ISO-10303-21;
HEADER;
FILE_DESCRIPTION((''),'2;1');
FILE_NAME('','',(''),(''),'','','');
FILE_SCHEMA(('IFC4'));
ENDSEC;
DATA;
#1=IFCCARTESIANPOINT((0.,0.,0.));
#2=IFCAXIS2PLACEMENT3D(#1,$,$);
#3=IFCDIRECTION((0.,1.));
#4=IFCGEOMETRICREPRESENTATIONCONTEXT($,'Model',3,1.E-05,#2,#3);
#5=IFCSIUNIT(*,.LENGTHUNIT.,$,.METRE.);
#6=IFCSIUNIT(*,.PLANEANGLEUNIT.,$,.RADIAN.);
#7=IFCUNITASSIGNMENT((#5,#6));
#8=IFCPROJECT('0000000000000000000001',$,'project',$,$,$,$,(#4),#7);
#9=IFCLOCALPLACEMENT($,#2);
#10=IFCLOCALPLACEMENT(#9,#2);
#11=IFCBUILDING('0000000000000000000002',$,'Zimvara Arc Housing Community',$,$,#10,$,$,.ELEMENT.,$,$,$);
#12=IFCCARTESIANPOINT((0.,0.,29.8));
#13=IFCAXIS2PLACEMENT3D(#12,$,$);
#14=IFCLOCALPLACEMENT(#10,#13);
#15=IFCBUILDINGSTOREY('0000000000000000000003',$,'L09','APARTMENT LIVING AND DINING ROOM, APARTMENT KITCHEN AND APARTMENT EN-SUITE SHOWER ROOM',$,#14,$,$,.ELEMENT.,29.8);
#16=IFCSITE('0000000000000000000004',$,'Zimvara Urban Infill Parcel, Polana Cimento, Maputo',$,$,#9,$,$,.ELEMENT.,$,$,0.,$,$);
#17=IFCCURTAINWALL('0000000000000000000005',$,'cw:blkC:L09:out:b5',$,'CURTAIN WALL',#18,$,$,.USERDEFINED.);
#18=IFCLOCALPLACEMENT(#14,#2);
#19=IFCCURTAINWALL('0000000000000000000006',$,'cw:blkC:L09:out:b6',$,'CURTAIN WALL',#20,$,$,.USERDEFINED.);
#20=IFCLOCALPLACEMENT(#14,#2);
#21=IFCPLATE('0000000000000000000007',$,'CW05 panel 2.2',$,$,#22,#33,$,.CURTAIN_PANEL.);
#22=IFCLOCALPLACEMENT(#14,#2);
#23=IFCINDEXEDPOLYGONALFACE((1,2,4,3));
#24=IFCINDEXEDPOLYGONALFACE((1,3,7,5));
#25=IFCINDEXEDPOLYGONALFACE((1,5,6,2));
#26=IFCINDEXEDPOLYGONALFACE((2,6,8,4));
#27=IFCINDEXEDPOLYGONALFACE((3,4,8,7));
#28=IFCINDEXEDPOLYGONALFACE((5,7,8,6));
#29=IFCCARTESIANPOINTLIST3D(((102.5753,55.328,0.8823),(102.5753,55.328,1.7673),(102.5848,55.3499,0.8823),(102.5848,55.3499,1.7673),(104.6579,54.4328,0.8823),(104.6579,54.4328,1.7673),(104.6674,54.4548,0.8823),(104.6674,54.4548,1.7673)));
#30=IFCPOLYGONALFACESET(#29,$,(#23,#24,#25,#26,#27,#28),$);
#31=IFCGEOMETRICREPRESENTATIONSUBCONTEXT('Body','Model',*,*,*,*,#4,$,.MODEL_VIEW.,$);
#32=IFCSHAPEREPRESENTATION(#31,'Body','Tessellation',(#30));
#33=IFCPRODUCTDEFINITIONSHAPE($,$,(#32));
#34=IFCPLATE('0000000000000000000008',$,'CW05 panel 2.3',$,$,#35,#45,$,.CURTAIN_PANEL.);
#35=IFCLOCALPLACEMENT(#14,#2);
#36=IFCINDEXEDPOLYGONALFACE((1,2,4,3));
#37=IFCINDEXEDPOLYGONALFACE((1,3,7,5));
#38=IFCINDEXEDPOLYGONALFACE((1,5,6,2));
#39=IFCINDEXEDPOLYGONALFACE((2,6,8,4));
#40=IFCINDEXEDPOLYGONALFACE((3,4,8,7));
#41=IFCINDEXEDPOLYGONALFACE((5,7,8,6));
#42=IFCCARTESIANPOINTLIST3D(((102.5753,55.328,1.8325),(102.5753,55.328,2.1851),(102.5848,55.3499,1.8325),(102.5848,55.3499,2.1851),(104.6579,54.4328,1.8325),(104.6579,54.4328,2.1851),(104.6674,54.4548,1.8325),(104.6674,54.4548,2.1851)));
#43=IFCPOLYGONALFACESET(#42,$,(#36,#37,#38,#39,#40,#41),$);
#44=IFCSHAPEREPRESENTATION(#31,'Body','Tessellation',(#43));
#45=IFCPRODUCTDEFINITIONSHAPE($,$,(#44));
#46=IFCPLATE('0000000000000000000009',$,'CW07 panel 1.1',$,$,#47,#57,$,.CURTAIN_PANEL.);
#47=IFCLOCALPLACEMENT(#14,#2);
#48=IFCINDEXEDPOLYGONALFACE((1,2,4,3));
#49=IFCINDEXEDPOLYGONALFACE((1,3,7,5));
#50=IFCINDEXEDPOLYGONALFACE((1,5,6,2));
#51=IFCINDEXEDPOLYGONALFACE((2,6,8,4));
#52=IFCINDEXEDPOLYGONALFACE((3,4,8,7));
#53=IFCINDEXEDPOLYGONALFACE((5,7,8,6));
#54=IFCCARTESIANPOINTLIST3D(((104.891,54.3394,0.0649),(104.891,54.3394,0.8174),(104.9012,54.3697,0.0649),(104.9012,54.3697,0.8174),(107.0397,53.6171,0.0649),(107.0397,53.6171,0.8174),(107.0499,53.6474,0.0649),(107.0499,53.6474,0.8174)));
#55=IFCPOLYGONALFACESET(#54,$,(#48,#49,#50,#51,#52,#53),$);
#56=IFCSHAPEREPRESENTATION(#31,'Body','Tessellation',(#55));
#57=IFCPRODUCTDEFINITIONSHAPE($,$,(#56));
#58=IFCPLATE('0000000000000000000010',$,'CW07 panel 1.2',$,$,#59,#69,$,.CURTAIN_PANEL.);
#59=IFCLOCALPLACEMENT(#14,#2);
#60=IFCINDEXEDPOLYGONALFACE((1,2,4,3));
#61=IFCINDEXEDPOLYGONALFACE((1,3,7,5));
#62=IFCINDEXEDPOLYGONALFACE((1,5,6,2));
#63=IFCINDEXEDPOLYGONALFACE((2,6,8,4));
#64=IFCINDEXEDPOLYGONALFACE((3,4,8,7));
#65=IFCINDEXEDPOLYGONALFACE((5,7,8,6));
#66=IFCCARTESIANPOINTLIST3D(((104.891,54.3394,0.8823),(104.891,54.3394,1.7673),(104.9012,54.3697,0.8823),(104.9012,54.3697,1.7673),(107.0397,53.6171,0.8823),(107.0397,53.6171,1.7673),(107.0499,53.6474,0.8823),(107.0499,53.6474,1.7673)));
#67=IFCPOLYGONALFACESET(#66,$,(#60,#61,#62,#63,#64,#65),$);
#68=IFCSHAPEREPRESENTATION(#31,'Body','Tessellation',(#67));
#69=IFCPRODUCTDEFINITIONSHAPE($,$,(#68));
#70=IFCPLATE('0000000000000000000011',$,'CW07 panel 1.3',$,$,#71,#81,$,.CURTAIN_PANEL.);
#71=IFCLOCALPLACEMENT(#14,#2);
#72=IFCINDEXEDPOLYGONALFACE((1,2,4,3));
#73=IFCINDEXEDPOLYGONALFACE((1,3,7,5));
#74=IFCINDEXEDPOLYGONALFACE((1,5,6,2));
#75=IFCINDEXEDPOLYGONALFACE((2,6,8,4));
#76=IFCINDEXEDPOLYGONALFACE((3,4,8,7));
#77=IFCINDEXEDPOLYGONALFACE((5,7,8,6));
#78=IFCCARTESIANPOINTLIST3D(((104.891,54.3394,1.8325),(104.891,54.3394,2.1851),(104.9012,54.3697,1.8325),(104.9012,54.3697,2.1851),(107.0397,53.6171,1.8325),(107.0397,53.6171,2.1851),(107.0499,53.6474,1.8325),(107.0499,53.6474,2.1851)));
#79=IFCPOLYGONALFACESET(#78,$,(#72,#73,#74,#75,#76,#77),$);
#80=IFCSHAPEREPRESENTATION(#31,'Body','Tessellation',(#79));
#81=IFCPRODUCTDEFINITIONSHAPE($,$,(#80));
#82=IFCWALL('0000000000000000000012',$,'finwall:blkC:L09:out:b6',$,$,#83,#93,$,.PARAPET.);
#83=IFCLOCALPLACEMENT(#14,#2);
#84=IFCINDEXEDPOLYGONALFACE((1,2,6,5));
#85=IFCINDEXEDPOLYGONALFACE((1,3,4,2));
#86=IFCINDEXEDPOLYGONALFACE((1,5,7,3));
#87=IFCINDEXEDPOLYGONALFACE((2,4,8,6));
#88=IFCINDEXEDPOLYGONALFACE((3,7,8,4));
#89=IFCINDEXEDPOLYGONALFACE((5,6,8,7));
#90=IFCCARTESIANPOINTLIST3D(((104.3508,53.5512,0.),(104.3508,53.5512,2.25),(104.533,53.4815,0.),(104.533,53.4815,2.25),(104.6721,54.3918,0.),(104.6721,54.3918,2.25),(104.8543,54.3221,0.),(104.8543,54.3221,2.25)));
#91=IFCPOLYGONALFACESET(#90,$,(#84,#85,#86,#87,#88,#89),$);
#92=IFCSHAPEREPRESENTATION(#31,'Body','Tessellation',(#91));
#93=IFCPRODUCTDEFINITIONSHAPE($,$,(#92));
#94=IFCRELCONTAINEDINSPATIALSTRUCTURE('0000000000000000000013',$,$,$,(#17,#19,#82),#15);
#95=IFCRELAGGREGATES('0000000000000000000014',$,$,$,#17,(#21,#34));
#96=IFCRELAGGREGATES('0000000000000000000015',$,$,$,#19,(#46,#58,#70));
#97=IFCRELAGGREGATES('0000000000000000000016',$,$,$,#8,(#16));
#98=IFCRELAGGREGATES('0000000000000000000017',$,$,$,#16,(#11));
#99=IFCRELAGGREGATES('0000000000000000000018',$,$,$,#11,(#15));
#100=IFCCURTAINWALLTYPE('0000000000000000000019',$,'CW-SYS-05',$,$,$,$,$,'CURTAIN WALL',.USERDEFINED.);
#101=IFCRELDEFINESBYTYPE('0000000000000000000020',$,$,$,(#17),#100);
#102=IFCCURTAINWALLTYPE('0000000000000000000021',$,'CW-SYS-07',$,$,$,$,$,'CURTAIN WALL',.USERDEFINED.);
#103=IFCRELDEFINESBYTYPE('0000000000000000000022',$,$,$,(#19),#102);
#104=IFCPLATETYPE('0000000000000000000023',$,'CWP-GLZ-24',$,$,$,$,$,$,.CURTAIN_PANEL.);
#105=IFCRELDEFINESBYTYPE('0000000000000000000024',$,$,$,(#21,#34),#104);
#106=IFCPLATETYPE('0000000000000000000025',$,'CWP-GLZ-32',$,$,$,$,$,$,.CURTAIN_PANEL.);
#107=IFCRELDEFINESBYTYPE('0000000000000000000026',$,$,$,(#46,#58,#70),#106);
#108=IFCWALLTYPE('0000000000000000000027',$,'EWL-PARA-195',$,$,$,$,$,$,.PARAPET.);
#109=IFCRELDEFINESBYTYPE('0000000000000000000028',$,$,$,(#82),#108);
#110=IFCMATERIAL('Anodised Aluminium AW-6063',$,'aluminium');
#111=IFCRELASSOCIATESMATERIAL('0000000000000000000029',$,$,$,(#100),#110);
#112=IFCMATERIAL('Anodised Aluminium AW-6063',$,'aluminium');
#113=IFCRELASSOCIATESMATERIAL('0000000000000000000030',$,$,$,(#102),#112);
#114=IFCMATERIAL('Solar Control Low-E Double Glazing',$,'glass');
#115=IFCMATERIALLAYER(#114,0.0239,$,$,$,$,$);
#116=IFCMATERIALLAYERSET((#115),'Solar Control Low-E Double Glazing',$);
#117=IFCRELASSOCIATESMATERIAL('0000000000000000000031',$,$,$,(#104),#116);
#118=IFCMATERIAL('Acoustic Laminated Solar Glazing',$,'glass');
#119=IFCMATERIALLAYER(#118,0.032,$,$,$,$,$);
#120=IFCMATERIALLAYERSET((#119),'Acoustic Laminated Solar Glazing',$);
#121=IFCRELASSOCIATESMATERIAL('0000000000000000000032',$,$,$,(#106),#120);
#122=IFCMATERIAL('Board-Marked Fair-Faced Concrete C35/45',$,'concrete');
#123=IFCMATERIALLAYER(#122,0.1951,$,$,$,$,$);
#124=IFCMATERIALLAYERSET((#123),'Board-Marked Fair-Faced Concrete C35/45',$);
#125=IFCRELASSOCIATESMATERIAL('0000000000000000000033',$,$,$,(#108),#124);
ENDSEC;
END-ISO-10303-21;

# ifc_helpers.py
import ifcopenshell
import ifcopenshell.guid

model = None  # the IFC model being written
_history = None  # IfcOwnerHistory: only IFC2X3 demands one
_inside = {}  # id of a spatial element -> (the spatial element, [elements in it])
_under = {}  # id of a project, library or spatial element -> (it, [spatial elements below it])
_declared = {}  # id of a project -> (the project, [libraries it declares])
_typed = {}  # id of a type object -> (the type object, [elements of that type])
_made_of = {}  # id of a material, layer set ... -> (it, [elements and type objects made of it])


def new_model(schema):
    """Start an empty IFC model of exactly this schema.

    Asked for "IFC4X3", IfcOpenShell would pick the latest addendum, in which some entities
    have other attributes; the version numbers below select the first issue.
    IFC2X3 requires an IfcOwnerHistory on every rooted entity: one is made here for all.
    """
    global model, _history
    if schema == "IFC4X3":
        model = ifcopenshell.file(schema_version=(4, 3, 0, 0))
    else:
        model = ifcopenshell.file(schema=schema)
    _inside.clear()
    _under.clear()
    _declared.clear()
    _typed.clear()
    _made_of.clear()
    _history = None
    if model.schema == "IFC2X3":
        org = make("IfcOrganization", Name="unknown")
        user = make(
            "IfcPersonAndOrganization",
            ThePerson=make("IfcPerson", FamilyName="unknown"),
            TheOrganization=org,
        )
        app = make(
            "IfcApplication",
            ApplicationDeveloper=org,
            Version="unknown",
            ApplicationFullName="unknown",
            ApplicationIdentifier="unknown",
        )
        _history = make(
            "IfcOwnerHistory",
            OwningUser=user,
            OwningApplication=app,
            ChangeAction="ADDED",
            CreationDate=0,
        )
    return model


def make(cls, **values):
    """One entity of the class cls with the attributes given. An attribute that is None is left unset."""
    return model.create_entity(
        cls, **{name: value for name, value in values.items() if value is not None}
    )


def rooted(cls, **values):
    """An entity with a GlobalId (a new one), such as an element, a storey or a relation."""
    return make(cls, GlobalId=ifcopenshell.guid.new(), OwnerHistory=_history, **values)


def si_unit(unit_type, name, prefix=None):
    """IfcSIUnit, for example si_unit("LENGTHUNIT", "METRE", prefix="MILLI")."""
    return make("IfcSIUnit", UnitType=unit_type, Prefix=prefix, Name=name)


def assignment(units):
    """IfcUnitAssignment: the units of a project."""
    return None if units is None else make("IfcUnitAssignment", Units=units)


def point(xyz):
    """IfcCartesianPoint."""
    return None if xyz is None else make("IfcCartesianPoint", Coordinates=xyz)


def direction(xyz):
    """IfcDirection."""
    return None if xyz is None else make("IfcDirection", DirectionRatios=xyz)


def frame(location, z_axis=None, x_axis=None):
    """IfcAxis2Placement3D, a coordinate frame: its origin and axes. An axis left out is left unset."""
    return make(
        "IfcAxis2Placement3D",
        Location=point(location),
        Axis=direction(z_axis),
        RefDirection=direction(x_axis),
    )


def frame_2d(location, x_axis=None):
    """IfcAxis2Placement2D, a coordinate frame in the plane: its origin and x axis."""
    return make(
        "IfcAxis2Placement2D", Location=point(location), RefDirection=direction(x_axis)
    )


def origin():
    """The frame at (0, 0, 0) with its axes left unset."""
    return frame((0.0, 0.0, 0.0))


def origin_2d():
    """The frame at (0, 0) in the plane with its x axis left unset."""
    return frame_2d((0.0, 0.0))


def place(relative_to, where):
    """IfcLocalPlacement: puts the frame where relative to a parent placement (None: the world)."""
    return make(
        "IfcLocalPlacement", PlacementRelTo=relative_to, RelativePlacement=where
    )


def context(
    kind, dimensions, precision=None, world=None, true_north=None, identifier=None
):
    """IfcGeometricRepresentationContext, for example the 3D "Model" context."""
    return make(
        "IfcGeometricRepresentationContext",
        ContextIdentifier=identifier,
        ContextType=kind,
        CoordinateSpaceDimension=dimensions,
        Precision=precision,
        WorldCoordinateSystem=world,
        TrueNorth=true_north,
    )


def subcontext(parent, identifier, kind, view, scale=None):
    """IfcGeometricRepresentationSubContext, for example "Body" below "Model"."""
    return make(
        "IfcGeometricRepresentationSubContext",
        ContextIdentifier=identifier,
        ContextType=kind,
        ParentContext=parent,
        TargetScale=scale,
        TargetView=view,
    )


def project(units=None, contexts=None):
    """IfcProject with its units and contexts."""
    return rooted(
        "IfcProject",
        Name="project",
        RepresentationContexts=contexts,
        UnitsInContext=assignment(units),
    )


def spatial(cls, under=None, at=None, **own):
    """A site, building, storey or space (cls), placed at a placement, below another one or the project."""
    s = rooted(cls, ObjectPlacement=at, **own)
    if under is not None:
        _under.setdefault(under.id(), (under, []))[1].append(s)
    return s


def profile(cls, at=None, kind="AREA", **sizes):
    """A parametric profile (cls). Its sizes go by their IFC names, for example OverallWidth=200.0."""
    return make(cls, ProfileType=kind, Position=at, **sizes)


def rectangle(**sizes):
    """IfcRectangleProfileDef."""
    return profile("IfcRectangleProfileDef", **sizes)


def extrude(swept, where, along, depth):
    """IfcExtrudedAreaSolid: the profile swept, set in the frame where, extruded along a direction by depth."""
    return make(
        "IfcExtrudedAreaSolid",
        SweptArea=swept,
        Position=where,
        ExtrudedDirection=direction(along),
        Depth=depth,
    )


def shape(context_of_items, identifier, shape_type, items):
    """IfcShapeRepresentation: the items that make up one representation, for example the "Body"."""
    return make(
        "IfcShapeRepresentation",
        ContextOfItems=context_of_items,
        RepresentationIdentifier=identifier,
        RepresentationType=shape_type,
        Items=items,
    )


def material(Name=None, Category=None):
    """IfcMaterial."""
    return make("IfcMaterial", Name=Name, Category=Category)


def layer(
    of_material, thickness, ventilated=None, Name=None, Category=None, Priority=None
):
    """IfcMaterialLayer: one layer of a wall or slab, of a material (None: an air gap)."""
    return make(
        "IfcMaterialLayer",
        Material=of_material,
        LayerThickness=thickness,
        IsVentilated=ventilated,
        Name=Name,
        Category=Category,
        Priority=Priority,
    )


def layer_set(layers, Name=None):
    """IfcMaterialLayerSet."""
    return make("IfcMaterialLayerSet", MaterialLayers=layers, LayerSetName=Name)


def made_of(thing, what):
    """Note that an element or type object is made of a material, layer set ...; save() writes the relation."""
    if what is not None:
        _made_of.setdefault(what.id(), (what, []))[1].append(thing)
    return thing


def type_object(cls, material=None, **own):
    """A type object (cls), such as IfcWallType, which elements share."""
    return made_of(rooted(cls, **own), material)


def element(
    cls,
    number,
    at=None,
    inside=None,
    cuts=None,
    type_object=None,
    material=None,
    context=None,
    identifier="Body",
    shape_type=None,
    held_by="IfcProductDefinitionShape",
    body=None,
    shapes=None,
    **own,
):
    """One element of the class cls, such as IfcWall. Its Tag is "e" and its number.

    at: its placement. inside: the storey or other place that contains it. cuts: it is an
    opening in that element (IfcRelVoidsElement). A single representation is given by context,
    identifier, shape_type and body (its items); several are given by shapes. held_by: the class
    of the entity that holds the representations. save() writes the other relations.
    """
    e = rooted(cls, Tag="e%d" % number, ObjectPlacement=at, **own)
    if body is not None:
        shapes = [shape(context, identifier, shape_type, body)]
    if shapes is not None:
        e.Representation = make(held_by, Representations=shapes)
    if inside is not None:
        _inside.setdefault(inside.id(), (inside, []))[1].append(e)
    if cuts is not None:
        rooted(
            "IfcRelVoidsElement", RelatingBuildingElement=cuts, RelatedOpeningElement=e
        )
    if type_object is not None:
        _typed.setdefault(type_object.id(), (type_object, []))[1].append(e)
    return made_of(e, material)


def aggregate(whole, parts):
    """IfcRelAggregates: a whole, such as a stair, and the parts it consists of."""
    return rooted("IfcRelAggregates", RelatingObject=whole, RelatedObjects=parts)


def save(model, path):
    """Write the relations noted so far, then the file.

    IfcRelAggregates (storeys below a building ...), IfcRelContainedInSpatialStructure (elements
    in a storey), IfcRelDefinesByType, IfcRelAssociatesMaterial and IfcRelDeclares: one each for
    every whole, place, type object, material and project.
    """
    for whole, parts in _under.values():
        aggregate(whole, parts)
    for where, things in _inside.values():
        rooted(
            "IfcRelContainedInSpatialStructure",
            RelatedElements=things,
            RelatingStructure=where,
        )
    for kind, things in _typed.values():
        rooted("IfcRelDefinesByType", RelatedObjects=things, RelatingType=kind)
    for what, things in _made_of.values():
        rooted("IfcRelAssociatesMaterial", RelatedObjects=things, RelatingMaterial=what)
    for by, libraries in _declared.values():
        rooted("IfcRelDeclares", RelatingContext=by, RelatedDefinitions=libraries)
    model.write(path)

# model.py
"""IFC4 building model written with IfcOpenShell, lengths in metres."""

from ifc_helpers import new_model, si_unit, direction, frame, frame_2d, origin, origin_2d, place, context, subcontext, project, spatial, rectangle, extrude, material, layer, layer_set, type_object, element, aggregate, save


model = new_model("IFC4")

# Units and contexts
model_context = context("Model", 3, precision=1e-05, world=origin(), true_north=direction((0.0, 1.0)))
body_context = subcontext(model_context, "Body", "Model", "MODEL_VIEW")
ifc_project = project(units=[si_unit("LENGTHUNIT", "METRE"), si_unit("PLANEANGLEUNIT", "RADIAN")], contexts=[model_context])

# Site, building, storey
site_placement = place(None, origin())
site = spatial("IfcSite", under=ifc_project, at=site_placement, Name="Zimvara Urban Infill Parcel, Polana Cimento, Maputo", CompositionType="ELEMENT", RefElevation=0.0)
building_placement = place(site_placement, origin())
building = spatial("IfcBuilding", under=site, at=building_placement, Name="Zimvara Arc Housing Community", CompositionType="ELEMENT")
storey_placement = place(building_placement, frame((0.0, 0.0, 29.8)))
storey = spatial("IfcBuildingStorey", under=building, at=storey_placement, Name="L09", Description="APARTMENT LIVING AND DINING ROOM, APARTMENT KITCHEN AND APARTMENT EN-SUITE SHOWER ROOM", CompositionType="ELEMENT", Elevation=29.8)

# Curtain wall
ifc_material_1 = material(Name="Anodised Aluminium AW-6063", Category="aluminium")
curtain_wall_type_1 = type_object("IfcCurtainWallType", Name="CW-SYS-05", ElementType="CURTAIN WALL", PredefinedType="USERDEFINED", material=ifc_material_1)
curtain_wall_1_placement = place(storey_placement, origin())
curtain_wall_1 = element("IfcCurtainWall", 1, at=curtain_wall_1_placement, inside=storey, type_object=curtain_wall_type_1, Name="cw:blkC:L09:out:b5", ObjectType="CURTAIN WALL", PredefinedType="USERDEFINED")

# Curtain wall
ifc_material_2 = material(Name="Anodised Aluminium AW-6063", Category="aluminium")
curtain_wall_type_2 = type_object("IfcCurtainWallType", Name="CW-SYS-07", ElementType="CURTAIN WALL", PredefinedType="USERDEFINED", material=ifc_material_2)
curtain_wall_2_placement = place(storey_placement, origin())
curtain_wall_2 = element("IfcCurtainWall", 2, at=curtain_wall_2_placement, inside=storey, type_object=curtain_wall_type_2, Name="cw:blkC:L09:out:b6", ObjectType="CURTAIN WALL", PredefinedType="USERDEFINED")

# Plates
ifc_material_3 = material(Name="Solar Control Low-E Double Glazing", Category="glass")
ifc_layer_1 = layer(ifc_material_3, 0.0239)
ifc_layer_set_1 = layer_set([ifc_layer_1], Name="Solar Control Low-E Double Glazing")
plate_type_1 = type_object("IfcPlateType", Name="CWP-GLZ-24", PredefinedType="CURTAIN_PANEL", material=ifc_layer_set_1)
plate_1_placement = place(storey_placement, frame((103.6213, 54.8914, 0.8823), z_axis=(0.0, 0.0, 1.0), x_axis=(0.918722, -0.394904, 0.0)))
plate_1 = element("IfcPlate", 3, at=plate_1_placement, type_object=plate_type_1, Name="CW05 panel 2.2", PredefinedType="CURTAIN_PANEL", context=body_context, shape_type="SweptSolid", body=[
    extrude(rectangle(XDim=2.2668, YDim=0.0239, at=origin_2d()), origin(), (0.0, 0.0, 1.0), 0.885),
])
plate_2_placement = place(storey_placement, frame((103.6213, 54.8914, 1.8325), z_axis=(0.0, 0.0, 1.0), x_axis=(0.918722, -0.394904, 0.0)))
plate_2 = element("IfcPlate", 4, at=plate_2_placement, type_object=plate_type_1, Name="CW05 panel 2.3", PredefinedType="CURTAIN_PANEL", context=body_context, shape_type="SweptSolid", body=[
    extrude(rectangle(XDim=2.2668, YDim=0.0239, at=origin_2d()), origin(), (0.0, 0.0, 1.0), 0.3525),
])
aggregate(curtain_wall_1, [plate_1, plate_2])
ifc_material_4 = material(Name="Acoustic Laminated Solar Glazing", Category="glass")
ifc_layer_2 = layer(ifc_material_4, 0.032)
ifc_layer_set_2 = layer_set([ifc_layer_2], Name="Acoustic Laminated Solar Glazing")
plate_type_2 = type_object("IfcPlateType", Name="CWP-GLZ-32", PredefinedType="CURTAIN_PANEL", material=ifc_layer_set_2)
plate_3_placement = place(storey_placement, frame((105.9705, 53.9934, 0.0649), z_axis=(0.0, 0.0, 1.0), x_axis=(0.94788, -0.318629, 0.0)))
plate_3 = element("IfcPlate", 5, at=plate_3_placement, type_object=plate_type_2, Name="CW07 panel 1.1", PredefinedType="CURTAIN_PANEL", context=body_context, shape_type="SweptSolid", body=[
    extrude(rectangle(XDim=2.2668, YDim=0.032, at=origin_2d()), origin(), (0.0, 0.0, 1.0), 0.7524),
])
plate_4_placement = place(storey_placement, frame((105.9705, 53.9934, 0.8823), z_axis=(0.0, 0.0, 1.0), x_axis=(0.94788, -0.318629, 0.0)))
plate_4 = element("IfcPlate", 6, at=plate_4_placement, type_object=plate_type_2, Name="CW07 panel 1.2", PredefinedType="CURTAIN_PANEL", context=body_context, shape_type="SweptSolid", body=[
    extrude(rectangle(XDim=2.2668, YDim=0.032, at=origin_2d()), origin(), (0.0, 0.0, 1.0), 0.885),
])
plate_5_placement = place(storey_placement, frame((105.9705, 53.9934, 1.8325), z_axis=(0.0, 0.0, 1.0), x_axis=(0.94788, -0.318629, 0.0)))
plate_5 = element("IfcPlate", 7, at=plate_5_placement, type_object=plate_type_2, Name="CW07 panel 1.3", PredefinedType="CURTAIN_PANEL", context=body_context, shape_type="SweptSolid", body=[
    extrude(rectangle(XDim=2.2668, YDim=0.032, at=origin_2d()), origin(), (0.0, 0.0, 1.0), 0.3525),
])
aggregate(curtain_wall_2, [plate_3, plate_4, plate_5])

# Wall
ifc_material_5 = material(Name="Board-Marked Fair-Faced Concrete C35/45", Category="concrete")
ifc_layer_3 = layer(ifc_material_5, 0.1951)
ifc_layer_set_3 = layer_set([ifc_layer_3], Name="Board-Marked Fair-Faced Concrete C35/45")
wall_type = type_object("IfcWallType", Name="EWL-PARA-195", PredefinedType="PARAPET", material=ifc_layer_set_3)
wall_placement = place(storey_placement, frame((104.7632, 54.3569, 0.0), z_axis=(0.0, 0.0, 1.0), x_axis=(-0.357033, -0.934092, 0.0)))
element("IfcWall", 8, at=wall_placement, inside=storey, type_object=wall_type, Name="finwall:blkC:L09:out:b6", PredefinedType="PARAPET", context=body_context, shape_type="SweptSolid", body=[
    extrude(rectangle(XDim=0.8999, YDim=0.1951, at=frame_2d((0.45, 0.0))), origin(), (0.0, 0.0, 1.0), 2.25),
])

save(model, "model.ifc")
